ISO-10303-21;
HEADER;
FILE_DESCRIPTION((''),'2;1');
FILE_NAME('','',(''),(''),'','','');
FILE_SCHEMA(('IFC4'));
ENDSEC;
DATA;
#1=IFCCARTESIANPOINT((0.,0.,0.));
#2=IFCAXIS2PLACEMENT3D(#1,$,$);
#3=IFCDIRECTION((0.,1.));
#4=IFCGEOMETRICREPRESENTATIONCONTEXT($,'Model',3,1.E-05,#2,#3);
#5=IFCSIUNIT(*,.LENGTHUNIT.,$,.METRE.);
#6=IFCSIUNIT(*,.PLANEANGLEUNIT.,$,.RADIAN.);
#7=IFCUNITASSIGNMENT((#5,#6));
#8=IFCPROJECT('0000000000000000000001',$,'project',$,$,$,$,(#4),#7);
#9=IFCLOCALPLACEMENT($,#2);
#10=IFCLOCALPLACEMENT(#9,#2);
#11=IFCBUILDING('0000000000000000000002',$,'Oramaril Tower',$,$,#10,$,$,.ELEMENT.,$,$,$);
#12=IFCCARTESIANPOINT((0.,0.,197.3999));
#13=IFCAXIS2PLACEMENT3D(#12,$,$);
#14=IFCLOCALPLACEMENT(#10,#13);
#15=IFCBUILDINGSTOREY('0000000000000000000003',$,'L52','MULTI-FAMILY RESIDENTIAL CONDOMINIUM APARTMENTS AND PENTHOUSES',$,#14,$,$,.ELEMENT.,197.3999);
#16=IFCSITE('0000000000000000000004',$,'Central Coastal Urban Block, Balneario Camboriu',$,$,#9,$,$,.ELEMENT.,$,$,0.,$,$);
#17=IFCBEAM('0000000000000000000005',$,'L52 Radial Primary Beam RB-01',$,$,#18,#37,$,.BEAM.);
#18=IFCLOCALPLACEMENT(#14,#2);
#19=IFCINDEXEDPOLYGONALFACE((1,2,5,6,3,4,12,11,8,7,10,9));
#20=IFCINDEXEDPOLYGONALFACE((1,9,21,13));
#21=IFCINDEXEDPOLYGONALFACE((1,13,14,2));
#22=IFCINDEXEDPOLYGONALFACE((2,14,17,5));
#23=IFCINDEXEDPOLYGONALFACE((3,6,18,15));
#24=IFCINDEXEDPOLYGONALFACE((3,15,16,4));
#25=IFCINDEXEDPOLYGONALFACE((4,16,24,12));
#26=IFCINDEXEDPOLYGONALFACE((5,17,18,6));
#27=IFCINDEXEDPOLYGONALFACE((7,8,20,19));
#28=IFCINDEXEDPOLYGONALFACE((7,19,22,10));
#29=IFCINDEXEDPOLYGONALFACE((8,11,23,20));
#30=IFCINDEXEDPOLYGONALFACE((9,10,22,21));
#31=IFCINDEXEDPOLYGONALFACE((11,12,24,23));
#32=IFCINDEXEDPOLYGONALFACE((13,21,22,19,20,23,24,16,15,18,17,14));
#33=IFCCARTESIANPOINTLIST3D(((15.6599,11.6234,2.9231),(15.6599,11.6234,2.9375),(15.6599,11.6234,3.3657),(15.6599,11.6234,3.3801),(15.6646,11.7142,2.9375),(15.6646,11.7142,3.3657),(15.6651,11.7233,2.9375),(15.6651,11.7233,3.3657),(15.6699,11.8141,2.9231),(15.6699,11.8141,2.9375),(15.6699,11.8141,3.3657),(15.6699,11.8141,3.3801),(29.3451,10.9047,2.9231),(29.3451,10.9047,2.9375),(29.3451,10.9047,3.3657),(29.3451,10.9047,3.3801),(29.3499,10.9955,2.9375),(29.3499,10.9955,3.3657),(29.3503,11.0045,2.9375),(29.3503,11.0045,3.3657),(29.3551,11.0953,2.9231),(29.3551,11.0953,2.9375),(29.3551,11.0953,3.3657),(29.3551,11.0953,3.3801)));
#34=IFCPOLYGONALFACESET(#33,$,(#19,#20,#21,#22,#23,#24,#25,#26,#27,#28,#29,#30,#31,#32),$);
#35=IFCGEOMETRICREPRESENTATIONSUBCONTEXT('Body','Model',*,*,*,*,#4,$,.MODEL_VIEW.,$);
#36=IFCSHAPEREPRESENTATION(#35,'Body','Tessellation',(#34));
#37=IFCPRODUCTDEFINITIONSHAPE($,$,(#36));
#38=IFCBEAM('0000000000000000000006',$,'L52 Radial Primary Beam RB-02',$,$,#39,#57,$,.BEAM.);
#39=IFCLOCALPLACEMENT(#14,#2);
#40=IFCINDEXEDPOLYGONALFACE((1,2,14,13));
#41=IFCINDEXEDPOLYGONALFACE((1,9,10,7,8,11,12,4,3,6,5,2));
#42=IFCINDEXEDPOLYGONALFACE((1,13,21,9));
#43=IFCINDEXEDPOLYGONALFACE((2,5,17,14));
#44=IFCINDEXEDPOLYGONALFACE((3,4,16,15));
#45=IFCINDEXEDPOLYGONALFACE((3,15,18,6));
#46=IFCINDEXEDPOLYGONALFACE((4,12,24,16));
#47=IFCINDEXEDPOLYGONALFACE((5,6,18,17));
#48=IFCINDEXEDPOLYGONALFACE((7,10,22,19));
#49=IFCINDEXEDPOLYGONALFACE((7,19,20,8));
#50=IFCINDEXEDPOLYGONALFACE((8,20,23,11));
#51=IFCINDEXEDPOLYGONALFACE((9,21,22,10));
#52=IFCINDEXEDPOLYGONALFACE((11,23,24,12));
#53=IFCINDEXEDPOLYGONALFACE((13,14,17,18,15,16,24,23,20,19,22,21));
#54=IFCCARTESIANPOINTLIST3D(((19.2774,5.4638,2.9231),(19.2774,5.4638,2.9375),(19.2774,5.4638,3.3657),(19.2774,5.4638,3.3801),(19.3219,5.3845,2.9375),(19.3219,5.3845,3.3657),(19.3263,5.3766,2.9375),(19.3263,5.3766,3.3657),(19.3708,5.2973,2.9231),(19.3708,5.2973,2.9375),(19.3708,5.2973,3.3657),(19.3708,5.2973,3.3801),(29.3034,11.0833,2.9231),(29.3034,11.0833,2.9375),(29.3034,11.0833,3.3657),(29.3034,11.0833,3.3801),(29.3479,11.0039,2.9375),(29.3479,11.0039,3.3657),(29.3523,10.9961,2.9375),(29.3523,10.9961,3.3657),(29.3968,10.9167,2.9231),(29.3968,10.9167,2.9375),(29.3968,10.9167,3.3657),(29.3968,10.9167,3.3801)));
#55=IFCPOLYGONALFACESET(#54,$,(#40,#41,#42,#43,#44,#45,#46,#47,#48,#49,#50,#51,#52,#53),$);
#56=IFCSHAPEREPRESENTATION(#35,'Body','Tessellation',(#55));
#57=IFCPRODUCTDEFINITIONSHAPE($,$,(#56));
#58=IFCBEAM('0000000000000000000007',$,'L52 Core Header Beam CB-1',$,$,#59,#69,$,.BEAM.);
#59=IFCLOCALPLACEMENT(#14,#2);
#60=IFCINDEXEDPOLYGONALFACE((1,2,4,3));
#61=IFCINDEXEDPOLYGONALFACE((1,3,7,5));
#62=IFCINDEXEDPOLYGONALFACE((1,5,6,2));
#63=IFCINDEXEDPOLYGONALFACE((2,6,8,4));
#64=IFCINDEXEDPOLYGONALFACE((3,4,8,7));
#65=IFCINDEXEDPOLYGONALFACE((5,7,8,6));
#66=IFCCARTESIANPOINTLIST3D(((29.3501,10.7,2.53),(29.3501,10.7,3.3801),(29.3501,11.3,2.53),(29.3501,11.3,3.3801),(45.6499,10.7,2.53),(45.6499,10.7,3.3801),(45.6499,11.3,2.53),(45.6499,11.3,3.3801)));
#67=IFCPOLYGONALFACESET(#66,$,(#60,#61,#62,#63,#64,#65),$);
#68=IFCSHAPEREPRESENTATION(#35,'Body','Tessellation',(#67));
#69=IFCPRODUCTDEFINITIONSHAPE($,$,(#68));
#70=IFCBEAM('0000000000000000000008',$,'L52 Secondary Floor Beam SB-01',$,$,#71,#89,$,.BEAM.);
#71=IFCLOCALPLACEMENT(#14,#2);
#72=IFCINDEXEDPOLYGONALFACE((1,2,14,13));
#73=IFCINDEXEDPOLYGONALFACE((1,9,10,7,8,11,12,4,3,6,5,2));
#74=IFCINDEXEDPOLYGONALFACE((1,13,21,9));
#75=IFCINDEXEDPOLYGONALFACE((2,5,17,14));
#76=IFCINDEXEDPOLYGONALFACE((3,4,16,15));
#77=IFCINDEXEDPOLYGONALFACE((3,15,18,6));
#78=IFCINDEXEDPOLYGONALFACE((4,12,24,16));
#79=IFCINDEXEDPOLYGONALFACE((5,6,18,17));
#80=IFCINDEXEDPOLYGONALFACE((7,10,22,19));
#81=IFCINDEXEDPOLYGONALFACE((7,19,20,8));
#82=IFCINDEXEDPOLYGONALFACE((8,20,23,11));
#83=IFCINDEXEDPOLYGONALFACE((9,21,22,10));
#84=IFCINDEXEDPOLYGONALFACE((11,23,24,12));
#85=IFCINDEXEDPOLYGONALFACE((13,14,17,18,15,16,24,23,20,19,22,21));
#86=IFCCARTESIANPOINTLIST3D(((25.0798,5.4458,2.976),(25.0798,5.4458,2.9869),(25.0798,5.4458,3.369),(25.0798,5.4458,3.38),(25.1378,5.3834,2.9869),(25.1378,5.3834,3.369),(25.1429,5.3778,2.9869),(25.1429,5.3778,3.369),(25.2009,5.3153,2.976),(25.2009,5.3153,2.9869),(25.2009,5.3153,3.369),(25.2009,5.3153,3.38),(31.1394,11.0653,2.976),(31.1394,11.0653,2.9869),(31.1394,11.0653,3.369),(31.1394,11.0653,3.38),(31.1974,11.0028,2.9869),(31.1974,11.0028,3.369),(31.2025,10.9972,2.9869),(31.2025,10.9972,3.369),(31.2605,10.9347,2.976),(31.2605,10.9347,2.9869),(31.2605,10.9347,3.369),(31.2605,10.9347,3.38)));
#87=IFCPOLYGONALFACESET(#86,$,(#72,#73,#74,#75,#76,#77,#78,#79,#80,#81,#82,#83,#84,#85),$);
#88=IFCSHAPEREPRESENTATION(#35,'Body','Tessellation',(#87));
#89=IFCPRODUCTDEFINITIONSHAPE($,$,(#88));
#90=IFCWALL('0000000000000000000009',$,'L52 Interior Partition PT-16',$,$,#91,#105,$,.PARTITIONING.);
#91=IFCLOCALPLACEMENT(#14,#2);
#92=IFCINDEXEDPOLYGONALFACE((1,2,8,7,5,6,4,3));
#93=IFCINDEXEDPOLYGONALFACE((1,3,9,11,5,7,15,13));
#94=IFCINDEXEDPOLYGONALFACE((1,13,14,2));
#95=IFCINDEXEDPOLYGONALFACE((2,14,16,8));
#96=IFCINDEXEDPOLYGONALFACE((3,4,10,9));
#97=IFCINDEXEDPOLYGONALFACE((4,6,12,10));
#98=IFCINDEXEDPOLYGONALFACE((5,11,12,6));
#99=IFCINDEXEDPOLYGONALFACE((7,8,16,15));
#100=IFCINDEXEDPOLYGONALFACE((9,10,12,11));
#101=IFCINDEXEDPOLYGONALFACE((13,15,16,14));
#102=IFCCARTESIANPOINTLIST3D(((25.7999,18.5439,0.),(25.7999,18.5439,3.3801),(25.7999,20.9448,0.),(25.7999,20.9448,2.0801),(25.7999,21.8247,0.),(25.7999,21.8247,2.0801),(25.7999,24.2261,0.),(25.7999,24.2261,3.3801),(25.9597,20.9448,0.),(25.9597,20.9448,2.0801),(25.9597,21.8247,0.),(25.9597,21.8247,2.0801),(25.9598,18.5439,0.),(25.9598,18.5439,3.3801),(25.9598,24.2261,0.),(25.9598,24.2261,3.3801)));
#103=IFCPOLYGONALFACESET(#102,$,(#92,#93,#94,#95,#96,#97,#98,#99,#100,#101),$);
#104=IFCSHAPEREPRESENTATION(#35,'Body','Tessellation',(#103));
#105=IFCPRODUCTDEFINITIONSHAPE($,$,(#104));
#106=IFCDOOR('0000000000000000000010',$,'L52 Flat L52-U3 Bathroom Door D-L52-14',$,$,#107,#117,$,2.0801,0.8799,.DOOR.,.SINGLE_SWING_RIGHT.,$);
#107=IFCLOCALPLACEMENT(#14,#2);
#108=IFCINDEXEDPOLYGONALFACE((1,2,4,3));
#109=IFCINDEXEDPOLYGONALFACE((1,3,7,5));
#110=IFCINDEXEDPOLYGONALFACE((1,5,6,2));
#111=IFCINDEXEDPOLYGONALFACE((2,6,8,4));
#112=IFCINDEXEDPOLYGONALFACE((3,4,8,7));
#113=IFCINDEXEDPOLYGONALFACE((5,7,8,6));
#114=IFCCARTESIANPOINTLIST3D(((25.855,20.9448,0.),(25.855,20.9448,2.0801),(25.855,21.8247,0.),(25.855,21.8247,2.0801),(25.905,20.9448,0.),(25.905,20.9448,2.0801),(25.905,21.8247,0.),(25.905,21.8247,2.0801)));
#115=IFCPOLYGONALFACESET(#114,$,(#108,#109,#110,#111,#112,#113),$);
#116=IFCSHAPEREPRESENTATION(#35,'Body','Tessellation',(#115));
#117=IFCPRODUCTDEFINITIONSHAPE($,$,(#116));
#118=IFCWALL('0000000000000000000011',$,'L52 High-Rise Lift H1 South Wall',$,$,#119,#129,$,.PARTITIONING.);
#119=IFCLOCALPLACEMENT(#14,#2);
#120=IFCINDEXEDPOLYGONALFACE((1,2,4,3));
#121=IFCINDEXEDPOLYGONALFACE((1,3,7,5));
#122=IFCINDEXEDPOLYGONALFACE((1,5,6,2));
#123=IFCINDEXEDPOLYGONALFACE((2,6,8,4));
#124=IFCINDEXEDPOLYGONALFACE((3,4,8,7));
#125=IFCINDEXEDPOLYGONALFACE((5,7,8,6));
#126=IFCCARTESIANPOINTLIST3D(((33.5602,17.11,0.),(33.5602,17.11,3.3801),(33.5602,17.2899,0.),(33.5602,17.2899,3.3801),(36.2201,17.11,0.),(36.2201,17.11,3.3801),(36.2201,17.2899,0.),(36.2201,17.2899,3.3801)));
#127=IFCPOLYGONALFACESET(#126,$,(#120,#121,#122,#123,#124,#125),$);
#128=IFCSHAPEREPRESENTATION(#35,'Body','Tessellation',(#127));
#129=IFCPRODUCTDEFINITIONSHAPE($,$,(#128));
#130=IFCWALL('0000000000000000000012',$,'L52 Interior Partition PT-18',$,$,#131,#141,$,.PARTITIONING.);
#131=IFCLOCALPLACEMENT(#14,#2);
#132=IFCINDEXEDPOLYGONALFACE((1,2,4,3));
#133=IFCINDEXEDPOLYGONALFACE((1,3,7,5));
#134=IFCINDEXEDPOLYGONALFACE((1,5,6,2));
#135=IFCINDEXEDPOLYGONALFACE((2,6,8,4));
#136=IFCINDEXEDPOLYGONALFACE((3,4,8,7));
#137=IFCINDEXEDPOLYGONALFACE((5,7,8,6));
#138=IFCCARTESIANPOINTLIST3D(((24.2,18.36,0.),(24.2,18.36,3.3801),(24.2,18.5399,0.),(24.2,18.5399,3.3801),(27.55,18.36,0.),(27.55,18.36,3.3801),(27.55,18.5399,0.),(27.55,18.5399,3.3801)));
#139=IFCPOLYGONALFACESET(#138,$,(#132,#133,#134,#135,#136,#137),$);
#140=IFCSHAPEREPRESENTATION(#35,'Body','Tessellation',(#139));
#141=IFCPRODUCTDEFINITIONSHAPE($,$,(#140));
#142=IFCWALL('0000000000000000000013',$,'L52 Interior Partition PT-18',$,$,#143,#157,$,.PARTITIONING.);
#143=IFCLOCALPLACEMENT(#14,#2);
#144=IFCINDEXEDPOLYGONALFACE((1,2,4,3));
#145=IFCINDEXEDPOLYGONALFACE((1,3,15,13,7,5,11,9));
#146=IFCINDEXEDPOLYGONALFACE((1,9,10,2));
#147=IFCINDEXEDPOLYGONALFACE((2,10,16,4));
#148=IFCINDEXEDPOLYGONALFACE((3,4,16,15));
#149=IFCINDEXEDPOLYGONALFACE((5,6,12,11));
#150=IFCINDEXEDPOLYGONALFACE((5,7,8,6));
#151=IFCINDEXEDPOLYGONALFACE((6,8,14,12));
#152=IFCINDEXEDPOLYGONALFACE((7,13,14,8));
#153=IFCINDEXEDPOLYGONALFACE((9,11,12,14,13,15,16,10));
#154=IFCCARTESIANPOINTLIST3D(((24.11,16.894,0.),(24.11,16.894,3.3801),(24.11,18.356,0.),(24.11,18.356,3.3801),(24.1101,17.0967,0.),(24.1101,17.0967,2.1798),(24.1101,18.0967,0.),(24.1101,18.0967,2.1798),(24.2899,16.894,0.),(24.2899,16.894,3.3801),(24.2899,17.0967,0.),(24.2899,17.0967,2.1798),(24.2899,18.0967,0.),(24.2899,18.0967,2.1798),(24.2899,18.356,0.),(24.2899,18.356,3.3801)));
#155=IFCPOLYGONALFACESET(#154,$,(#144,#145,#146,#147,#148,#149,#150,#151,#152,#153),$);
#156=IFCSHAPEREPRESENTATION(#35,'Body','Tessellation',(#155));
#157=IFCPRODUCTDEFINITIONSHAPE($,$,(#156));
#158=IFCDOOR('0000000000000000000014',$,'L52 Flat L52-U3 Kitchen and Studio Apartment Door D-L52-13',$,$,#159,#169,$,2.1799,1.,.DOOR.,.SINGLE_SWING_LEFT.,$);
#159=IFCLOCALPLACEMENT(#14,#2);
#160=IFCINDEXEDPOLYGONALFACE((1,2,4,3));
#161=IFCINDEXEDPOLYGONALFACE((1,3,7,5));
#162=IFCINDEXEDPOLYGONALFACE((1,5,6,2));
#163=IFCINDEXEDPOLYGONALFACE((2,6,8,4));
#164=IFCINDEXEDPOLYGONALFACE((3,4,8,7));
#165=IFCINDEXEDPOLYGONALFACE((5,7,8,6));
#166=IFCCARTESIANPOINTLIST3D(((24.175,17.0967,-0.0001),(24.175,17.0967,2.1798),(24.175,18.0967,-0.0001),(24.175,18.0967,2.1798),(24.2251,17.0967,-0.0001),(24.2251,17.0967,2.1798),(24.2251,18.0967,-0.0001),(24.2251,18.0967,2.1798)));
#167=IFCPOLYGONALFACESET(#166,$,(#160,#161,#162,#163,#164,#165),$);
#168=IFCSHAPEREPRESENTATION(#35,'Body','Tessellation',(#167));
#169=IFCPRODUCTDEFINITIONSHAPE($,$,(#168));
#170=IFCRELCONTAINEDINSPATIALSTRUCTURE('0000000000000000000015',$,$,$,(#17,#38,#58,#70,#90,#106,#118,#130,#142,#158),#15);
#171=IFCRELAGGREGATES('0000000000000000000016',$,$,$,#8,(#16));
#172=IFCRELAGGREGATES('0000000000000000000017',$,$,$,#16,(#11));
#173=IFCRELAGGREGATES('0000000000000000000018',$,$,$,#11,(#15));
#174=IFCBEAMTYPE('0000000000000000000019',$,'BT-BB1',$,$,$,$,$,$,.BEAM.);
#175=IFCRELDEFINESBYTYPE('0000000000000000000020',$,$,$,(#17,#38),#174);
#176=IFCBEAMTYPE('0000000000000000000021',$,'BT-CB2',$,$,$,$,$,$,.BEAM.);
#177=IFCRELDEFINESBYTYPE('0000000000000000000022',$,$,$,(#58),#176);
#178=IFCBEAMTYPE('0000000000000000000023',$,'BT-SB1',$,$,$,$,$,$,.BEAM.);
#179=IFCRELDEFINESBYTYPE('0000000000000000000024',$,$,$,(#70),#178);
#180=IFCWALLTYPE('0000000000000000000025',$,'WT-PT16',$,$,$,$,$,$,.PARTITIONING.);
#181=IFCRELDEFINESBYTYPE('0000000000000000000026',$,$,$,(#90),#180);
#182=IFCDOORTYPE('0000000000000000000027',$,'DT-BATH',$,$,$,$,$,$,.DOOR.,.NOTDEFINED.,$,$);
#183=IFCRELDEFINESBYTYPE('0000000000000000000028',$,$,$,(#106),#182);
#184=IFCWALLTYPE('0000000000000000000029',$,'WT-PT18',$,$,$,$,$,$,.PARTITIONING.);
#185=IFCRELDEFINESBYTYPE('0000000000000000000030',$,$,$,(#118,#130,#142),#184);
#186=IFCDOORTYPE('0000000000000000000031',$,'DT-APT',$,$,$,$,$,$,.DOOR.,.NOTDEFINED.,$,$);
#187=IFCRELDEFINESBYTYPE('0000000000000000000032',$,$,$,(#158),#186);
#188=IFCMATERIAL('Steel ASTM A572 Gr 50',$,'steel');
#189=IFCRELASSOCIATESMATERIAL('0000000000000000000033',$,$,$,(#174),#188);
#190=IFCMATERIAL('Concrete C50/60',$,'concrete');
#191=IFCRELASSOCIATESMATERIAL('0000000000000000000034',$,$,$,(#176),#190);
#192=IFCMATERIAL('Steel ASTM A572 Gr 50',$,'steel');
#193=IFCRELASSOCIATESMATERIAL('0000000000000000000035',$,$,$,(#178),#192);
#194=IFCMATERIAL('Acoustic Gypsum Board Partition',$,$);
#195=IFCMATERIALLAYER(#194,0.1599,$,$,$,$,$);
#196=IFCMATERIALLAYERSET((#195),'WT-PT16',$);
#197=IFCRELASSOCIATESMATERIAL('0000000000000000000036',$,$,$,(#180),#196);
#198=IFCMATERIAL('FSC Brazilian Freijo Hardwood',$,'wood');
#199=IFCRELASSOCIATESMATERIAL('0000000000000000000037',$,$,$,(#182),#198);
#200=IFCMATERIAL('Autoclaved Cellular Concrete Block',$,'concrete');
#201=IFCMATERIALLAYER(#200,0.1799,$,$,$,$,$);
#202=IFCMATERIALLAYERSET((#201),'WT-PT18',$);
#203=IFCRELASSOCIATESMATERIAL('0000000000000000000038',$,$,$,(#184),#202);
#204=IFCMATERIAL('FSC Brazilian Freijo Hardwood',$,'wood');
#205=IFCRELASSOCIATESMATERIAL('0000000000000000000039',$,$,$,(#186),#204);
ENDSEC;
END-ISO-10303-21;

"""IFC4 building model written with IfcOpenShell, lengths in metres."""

from ifc_helpers import new_model, si_unit, direction, frame, frame_2d, origin, origin_2d, place, context, subcontext, project, spatial, rectangle, i_section, extrude, material, layer, layer_set, material_profile, profile_set, type_object, element, fill, save


model = new_model("IFC4")

# Units and contexts
model_context = context("Model", 3, precision=1e-05, world=origin(), true_north=direction((0.0, 1.0)))
body_context = subcontext(model_context, "Body", "Model", "MODEL_VIEW")
ifc_project = project(units=[si_unit("LENGTHUNIT", "METRE"), si_unit("PLANEANGLEUNIT", "RADIAN")], contexts=[model_context])

# Site, building, storey
site_placement = place(None, origin())
site = spatial("IfcSite", under=ifc_project, at=site_placement, Name="Central Coastal Urban Block, Balneario Camboriu", CompositionType="ELEMENT", RefElevation=0.0)
building_placement = place(site_placement, origin())
building = spatial("IfcBuilding", under=site, at=building_placement, Name="Oramaril Tower", CompositionType="ELEMENT")
storey_placement = place(building_placement, frame((0.0, 0.0, 197.3999)))
storey = spatial("IfcBuildingStorey", under=building, at=storey_placement, Name="L52", Description="MULTI-FAMILY RESIDENTIAL CONDOMINIUM APARTMENTS AND PENTHOUSES", CompositionType="ELEMENT", Elevation=197.3999)

# Beams
ifc_material_1 = material(Name="Steel ASTM A572 Gr 50", Category="steel")
ifc_material_profile_1 = material_profile(ifc_material_1, i_section(OverallWidth=0.1909, OverallDepth=0.457, WebThickness=0.009, FlangeThickness=0.0144, at=origin_2d()), Name="W18X50")
ifc_profile_set_1 = profile_set([ifc_material_profile_1], Name="Steel ASTM A572 Gr 50")
beam_type_1 = type_object("IfcBeamType", Name="BT-BB1", PredefinedType="BEAM", material=ifc_profile_set_1)
beam_1_placement = place(storey_placement, frame((29.3501, 11.0, 3.1516), z_axis=(-0.998624, 0.052448, 0.0), x_axis=(-0.052448, -0.998624, 0.0)))
element("IfcBeam", 1, at=beam_1_placement, inside=storey, type_object=beam_type_1, Name="L52 Radial Primary Beam RB-01", PredefinedType="BEAM", context=body_context, shape_type="SweptSolid", body=[
    extrude(i_section(OverallWidth=0.1909, OverallDepth=0.457, WebThickness=0.009, FlangeThickness=0.0144, at=origin_2d()), origin(), (0.0, 0.0, 1.0), 13.7041),
])
beam_2_placement = place(storey_placement, frame((29.3501, 11.0, 3.1516), z_axis=(-0.872324, -0.488927, 0.0), x_axis=(0.488927, -0.872324, 0.0)))
element("IfcBeam", 2, at=beam_2_placement, inside=storey, type_object=beam_type_1, Name="L52 Radial Primary Beam RB-02", PredefinedType="BEAM", context=body_context, shape_type="SweptSolid", body=[
    extrude(i_section(OverallWidth=0.1909, OverallDepth=0.457, WebThickness=0.009, FlangeThickness=0.0144, at=origin_2d()), origin(), (0.0, 0.0, 1.0), 11.4934),
])
ifc_material_2 = material(Name="Concrete C50/60", Category="concrete")
ifc_material_profile_2 = material_profile(ifc_material_2, rectangle(XDim=0.6001, YDim=0.8501, at=origin_2d()), Name="CB600X850")
ifc_profile_set_2 = profile_set([ifc_material_profile_2], Name="Concrete C50/60")
beam_type_2 = type_object("IfcBeamType", Name="BT-CB2", PredefinedType="BEAM", material=ifc_profile_set_2)
beam_3_placement = place(storey_placement, frame((29.3501, 11.0, 2.9551), z_axis=(1.0, 0.0, 0.0), x_axis=(0.0, 1.0, 0.0)))
element("IfcBeam", 3, at=beam_3_placement, inside=storey, type_object=beam_type_2, Name="L52 Core Header Beam CB-1", PredefinedType="BEAM", context=body_context, shape_type="SweptSolid", body=[
    extrude(rectangle(XDim=0.6001, YDim=0.8501, at=origin_2d()), origin(), (0.0, 0.0, 1.0), 16.2998),
])
ifc_material_3 = material(Name="Steel ASTM A572 Gr 50", Category="steel")
ifc_material_profile_3 = material_profile(ifc_material_3, i_section(OverallWidth=0.178, OverallDepth=0.4041, WebThickness=0.0076, FlangeThickness=0.011, at=origin_2d()), Name="W16X36")
ifc_profile_set_3 = profile_set([ifc_material_profile_3], Name="Steel ASTM A572 Gr 50")
beam_type_3 = type_object("IfcBeamType", Name="BT-SB1", PredefinedType="BEAM", material=ifc_profile_set_3)
beam_4_placement = place(storey_placement, frame((31.2, 11.0, 3.178), z_axis=(-0.733237, -0.679973, 0.0), x_axis=(0.679973, -0.733237, 0.0)))
element("IfcBeam", 4, at=beam_4_placement, inside=storey, type_object=beam_type_3, Name="L52 Secondary Floor Beam SB-01", PredefinedType="BEAM", context=body_context, shape_type="SweptSolid", body=[
    extrude(i_section(OverallWidth=0.178, OverallDepth=0.4041, WebThickness=0.0076, FlangeThickness=0.011, at=origin_2d()), origin(), (0.0, 0.0, 1.0), 8.2642),
])

# Wall, opening, door
ifc_material_4 = material(Name="Acoustic Gypsum Board Partition")
ifc_layer_1 = layer(ifc_material_4, 0.1599)
ifc_layer_set_1 = layer_set([ifc_layer_1], Name="WT-PT16")
wall_type_1 = type_object("IfcWallType", Name="WT-PT16", PredefinedType="PARTITIONING", material=ifc_layer_set_1)
wall_1_placement = place(storey_placement, frame((25.8799, 18.5439, 0.0), z_axis=(0.0, 0.0, 1.0), x_axis=(0.0, 1.0, 0.0)))
wall_1 = element("IfcWall", 5, at=wall_1_placement, inside=storey, type_object=wall_type_1, Name="L52 Interior Partition PT-16", PredefinedType="PARTITIONING", context=body_context, shape_type="SweptSolid", body=[
    extrude(rectangle(XDim=5.6821, YDim=0.1599, at=frame_2d((2.8411, 0.0))), origin(), (0.0, 0.0, 1.0), 3.3801),
])
opening_1_placement = place(wall_1_placement, frame((2.4009, 0.0, 0.0)))
opening_1 = element("IfcOpeningElement", 6, at=opening_1_placement, cuts=wall_1, PredefinedType="OPENING", context=body_context, shape_type="SweptSolid", body=[
    extrude(rectangle(XDim=0.8799, YDim=2.0801, at=frame_2d((0.4399, 1.04))), frame((0.0, 0.0801, 0.0), z_axis=(0.0, -1.0, 0.0), x_axis=(1.0, 0.0, 0.0)), (0.0, 0.0, 1.0), 0.1599),
])
ifc_material_5 = material(Name="FSC Brazilian Freijo Hardwood", Category="wood")
door_type_1 = type_object("IfcDoorType", Name="DT-BATH", OperationType="NOTDEFINED", PredefinedType="DOOR", material=ifc_material_5)
door_1_placement = place(opening_1_placement, origin())
door_1 = element("IfcDoor", 7, at=door_1_placement, inside=storey, type_object=door_type_1, Name="L52 Flat L52-U3 Bathroom Door D-L52-14", OperationType="SINGLE_SWING_RIGHT", OverallHeight=2.0801, OverallWidth=0.8799, PredefinedType="DOOR", context=body_context, shape_type="SweptSolid", body=[
    extrude(rectangle(XDim=0.8799, YDim=2.0801, at=frame_2d((0.4399, 1.04))), frame((0.0, 0.0249, 0.0), z_axis=(0.0, -1.0, 0.0), x_axis=(1.0, 0.0, 0.0)), (0.0, 0.0, 1.0), 0.05),
])
fill(opening_1, door_1)

# Walls
ifc_material_6 = material(Name="Autoclaved Cellular Concrete Block", Category="concrete")
ifc_layer_2 = layer(ifc_material_6, 0.1799)
ifc_layer_set_2 = layer_set([ifc_layer_2], Name="WT-PT18")
wall_type_2 = type_object("IfcWallType", Name="WT-PT18", PredefinedType="PARTITIONING", material=ifc_layer_set_2)
wall_2_placement = place(storey_placement, frame((33.5601, 17.2, 0.0), z_axis=(0.0, 0.0, 1.0), x_axis=(1.0, 0.0, 0.0)))
element("IfcWall", 8, at=wall_2_placement, inside=storey, type_object=wall_type_2, Name="L52 High-Rise Lift H1 South Wall", PredefinedType="PARTITIONING", context=body_context, shape_type="SweptSolid", body=[
    extrude(rectangle(XDim=2.6599, YDim=0.1799, at=frame_2d((1.3301, 0.0))), origin(), (0.0, 0.0, 1.0), 3.3801),
])
wall_3_placement = place(storey_placement, frame((24.2, 18.45, 0.0), z_axis=(0.0, 0.0, 1.0), x_axis=(1.0, 0.0, 0.0)))
element("IfcWall", 9, at=wall_3_placement, inside=storey, type_object=wall_type_2, Name="L52 Interior Partition PT-18", PredefinedType="PARTITIONING", context=body_context, shape_type="SweptSolid", body=[
    extrude(rectangle(XDim=3.3501, YDim=0.1799, at=frame_2d((1.675, 0.0))), origin(), (0.0, 0.0, 1.0), 3.3801),
])

# Wall, opening, door
wall_4_placement = place(storey_placement, frame((24.2, 16.894, 0.0), z_axis=(0.0, 0.0, 1.0), x_axis=(0.0, 1.0, 0.0)))
wall_4 = element("IfcWall", 10, at=wall_4_placement, inside=storey, type_object=wall_type_2, Name="L52 Interior Partition PT-18", PredefinedType="PARTITIONING", context=body_context, shape_type="SweptSolid", body=[
    extrude(rectangle(XDim=1.4619, YDim=0.1799, at=frame_2d((0.731, 0.0))), origin(), (0.0, 0.0, 1.0), 3.3801),
])
opening_2_placement = place(wall_4_placement, frame((0.2026, 0.0, 0.0)))
opening_2 = element("IfcOpeningElement", 11, at=opening_2_placement, cuts=wall_4, PredefinedType="OPENING", context=body_context, shape_type="SweptSolid", body=[
    extrude(rectangle(XDim=1.0, YDim=2.1799, at=frame_2d((0.5, 1.0898))), frame((0.0, 0.0898, 0.0), z_axis=(0.0, -1.0, 0.0), x_axis=(1.0, 0.0, 0.0)), (0.0, 0.0, 1.0), 0.1799),
])
ifc_material_7 = material(Name="FSC Brazilian Freijo Hardwood", Category="wood")
door_type_2 = type_object("IfcDoorType", Name="DT-APT", OperationType="NOTDEFINED", PredefinedType="DOOR", material=ifc_material_7)
door_2_placement = place(opening_2_placement, origin())
door_2 = element("IfcDoor", 12, at=door_2_placement, inside=storey, type_object=door_type_2, Name="L52 Flat L52-U3 Kitchen and Studio Apartment Door D-L52-13", OperationType="SINGLE_SWING_LEFT", OverallHeight=2.1799, OverallWidth=1.0, PredefinedType="DOOR", context=body_context, shape_type="SweptSolid", body=[
    extrude(rectangle(XDim=1.0, YDim=2.1799, at=frame_2d((0.5, 1.0898))), frame((0.0, 0.0249, 0.0), z_axis=(0.0, -1.0, 0.0), x_axis=(1.0, 0.0, 0.0)), (0.0, 0.0, 1.0), 0.05),
])
fill(opening_2, door_2)

save(model, "model.ifc")
